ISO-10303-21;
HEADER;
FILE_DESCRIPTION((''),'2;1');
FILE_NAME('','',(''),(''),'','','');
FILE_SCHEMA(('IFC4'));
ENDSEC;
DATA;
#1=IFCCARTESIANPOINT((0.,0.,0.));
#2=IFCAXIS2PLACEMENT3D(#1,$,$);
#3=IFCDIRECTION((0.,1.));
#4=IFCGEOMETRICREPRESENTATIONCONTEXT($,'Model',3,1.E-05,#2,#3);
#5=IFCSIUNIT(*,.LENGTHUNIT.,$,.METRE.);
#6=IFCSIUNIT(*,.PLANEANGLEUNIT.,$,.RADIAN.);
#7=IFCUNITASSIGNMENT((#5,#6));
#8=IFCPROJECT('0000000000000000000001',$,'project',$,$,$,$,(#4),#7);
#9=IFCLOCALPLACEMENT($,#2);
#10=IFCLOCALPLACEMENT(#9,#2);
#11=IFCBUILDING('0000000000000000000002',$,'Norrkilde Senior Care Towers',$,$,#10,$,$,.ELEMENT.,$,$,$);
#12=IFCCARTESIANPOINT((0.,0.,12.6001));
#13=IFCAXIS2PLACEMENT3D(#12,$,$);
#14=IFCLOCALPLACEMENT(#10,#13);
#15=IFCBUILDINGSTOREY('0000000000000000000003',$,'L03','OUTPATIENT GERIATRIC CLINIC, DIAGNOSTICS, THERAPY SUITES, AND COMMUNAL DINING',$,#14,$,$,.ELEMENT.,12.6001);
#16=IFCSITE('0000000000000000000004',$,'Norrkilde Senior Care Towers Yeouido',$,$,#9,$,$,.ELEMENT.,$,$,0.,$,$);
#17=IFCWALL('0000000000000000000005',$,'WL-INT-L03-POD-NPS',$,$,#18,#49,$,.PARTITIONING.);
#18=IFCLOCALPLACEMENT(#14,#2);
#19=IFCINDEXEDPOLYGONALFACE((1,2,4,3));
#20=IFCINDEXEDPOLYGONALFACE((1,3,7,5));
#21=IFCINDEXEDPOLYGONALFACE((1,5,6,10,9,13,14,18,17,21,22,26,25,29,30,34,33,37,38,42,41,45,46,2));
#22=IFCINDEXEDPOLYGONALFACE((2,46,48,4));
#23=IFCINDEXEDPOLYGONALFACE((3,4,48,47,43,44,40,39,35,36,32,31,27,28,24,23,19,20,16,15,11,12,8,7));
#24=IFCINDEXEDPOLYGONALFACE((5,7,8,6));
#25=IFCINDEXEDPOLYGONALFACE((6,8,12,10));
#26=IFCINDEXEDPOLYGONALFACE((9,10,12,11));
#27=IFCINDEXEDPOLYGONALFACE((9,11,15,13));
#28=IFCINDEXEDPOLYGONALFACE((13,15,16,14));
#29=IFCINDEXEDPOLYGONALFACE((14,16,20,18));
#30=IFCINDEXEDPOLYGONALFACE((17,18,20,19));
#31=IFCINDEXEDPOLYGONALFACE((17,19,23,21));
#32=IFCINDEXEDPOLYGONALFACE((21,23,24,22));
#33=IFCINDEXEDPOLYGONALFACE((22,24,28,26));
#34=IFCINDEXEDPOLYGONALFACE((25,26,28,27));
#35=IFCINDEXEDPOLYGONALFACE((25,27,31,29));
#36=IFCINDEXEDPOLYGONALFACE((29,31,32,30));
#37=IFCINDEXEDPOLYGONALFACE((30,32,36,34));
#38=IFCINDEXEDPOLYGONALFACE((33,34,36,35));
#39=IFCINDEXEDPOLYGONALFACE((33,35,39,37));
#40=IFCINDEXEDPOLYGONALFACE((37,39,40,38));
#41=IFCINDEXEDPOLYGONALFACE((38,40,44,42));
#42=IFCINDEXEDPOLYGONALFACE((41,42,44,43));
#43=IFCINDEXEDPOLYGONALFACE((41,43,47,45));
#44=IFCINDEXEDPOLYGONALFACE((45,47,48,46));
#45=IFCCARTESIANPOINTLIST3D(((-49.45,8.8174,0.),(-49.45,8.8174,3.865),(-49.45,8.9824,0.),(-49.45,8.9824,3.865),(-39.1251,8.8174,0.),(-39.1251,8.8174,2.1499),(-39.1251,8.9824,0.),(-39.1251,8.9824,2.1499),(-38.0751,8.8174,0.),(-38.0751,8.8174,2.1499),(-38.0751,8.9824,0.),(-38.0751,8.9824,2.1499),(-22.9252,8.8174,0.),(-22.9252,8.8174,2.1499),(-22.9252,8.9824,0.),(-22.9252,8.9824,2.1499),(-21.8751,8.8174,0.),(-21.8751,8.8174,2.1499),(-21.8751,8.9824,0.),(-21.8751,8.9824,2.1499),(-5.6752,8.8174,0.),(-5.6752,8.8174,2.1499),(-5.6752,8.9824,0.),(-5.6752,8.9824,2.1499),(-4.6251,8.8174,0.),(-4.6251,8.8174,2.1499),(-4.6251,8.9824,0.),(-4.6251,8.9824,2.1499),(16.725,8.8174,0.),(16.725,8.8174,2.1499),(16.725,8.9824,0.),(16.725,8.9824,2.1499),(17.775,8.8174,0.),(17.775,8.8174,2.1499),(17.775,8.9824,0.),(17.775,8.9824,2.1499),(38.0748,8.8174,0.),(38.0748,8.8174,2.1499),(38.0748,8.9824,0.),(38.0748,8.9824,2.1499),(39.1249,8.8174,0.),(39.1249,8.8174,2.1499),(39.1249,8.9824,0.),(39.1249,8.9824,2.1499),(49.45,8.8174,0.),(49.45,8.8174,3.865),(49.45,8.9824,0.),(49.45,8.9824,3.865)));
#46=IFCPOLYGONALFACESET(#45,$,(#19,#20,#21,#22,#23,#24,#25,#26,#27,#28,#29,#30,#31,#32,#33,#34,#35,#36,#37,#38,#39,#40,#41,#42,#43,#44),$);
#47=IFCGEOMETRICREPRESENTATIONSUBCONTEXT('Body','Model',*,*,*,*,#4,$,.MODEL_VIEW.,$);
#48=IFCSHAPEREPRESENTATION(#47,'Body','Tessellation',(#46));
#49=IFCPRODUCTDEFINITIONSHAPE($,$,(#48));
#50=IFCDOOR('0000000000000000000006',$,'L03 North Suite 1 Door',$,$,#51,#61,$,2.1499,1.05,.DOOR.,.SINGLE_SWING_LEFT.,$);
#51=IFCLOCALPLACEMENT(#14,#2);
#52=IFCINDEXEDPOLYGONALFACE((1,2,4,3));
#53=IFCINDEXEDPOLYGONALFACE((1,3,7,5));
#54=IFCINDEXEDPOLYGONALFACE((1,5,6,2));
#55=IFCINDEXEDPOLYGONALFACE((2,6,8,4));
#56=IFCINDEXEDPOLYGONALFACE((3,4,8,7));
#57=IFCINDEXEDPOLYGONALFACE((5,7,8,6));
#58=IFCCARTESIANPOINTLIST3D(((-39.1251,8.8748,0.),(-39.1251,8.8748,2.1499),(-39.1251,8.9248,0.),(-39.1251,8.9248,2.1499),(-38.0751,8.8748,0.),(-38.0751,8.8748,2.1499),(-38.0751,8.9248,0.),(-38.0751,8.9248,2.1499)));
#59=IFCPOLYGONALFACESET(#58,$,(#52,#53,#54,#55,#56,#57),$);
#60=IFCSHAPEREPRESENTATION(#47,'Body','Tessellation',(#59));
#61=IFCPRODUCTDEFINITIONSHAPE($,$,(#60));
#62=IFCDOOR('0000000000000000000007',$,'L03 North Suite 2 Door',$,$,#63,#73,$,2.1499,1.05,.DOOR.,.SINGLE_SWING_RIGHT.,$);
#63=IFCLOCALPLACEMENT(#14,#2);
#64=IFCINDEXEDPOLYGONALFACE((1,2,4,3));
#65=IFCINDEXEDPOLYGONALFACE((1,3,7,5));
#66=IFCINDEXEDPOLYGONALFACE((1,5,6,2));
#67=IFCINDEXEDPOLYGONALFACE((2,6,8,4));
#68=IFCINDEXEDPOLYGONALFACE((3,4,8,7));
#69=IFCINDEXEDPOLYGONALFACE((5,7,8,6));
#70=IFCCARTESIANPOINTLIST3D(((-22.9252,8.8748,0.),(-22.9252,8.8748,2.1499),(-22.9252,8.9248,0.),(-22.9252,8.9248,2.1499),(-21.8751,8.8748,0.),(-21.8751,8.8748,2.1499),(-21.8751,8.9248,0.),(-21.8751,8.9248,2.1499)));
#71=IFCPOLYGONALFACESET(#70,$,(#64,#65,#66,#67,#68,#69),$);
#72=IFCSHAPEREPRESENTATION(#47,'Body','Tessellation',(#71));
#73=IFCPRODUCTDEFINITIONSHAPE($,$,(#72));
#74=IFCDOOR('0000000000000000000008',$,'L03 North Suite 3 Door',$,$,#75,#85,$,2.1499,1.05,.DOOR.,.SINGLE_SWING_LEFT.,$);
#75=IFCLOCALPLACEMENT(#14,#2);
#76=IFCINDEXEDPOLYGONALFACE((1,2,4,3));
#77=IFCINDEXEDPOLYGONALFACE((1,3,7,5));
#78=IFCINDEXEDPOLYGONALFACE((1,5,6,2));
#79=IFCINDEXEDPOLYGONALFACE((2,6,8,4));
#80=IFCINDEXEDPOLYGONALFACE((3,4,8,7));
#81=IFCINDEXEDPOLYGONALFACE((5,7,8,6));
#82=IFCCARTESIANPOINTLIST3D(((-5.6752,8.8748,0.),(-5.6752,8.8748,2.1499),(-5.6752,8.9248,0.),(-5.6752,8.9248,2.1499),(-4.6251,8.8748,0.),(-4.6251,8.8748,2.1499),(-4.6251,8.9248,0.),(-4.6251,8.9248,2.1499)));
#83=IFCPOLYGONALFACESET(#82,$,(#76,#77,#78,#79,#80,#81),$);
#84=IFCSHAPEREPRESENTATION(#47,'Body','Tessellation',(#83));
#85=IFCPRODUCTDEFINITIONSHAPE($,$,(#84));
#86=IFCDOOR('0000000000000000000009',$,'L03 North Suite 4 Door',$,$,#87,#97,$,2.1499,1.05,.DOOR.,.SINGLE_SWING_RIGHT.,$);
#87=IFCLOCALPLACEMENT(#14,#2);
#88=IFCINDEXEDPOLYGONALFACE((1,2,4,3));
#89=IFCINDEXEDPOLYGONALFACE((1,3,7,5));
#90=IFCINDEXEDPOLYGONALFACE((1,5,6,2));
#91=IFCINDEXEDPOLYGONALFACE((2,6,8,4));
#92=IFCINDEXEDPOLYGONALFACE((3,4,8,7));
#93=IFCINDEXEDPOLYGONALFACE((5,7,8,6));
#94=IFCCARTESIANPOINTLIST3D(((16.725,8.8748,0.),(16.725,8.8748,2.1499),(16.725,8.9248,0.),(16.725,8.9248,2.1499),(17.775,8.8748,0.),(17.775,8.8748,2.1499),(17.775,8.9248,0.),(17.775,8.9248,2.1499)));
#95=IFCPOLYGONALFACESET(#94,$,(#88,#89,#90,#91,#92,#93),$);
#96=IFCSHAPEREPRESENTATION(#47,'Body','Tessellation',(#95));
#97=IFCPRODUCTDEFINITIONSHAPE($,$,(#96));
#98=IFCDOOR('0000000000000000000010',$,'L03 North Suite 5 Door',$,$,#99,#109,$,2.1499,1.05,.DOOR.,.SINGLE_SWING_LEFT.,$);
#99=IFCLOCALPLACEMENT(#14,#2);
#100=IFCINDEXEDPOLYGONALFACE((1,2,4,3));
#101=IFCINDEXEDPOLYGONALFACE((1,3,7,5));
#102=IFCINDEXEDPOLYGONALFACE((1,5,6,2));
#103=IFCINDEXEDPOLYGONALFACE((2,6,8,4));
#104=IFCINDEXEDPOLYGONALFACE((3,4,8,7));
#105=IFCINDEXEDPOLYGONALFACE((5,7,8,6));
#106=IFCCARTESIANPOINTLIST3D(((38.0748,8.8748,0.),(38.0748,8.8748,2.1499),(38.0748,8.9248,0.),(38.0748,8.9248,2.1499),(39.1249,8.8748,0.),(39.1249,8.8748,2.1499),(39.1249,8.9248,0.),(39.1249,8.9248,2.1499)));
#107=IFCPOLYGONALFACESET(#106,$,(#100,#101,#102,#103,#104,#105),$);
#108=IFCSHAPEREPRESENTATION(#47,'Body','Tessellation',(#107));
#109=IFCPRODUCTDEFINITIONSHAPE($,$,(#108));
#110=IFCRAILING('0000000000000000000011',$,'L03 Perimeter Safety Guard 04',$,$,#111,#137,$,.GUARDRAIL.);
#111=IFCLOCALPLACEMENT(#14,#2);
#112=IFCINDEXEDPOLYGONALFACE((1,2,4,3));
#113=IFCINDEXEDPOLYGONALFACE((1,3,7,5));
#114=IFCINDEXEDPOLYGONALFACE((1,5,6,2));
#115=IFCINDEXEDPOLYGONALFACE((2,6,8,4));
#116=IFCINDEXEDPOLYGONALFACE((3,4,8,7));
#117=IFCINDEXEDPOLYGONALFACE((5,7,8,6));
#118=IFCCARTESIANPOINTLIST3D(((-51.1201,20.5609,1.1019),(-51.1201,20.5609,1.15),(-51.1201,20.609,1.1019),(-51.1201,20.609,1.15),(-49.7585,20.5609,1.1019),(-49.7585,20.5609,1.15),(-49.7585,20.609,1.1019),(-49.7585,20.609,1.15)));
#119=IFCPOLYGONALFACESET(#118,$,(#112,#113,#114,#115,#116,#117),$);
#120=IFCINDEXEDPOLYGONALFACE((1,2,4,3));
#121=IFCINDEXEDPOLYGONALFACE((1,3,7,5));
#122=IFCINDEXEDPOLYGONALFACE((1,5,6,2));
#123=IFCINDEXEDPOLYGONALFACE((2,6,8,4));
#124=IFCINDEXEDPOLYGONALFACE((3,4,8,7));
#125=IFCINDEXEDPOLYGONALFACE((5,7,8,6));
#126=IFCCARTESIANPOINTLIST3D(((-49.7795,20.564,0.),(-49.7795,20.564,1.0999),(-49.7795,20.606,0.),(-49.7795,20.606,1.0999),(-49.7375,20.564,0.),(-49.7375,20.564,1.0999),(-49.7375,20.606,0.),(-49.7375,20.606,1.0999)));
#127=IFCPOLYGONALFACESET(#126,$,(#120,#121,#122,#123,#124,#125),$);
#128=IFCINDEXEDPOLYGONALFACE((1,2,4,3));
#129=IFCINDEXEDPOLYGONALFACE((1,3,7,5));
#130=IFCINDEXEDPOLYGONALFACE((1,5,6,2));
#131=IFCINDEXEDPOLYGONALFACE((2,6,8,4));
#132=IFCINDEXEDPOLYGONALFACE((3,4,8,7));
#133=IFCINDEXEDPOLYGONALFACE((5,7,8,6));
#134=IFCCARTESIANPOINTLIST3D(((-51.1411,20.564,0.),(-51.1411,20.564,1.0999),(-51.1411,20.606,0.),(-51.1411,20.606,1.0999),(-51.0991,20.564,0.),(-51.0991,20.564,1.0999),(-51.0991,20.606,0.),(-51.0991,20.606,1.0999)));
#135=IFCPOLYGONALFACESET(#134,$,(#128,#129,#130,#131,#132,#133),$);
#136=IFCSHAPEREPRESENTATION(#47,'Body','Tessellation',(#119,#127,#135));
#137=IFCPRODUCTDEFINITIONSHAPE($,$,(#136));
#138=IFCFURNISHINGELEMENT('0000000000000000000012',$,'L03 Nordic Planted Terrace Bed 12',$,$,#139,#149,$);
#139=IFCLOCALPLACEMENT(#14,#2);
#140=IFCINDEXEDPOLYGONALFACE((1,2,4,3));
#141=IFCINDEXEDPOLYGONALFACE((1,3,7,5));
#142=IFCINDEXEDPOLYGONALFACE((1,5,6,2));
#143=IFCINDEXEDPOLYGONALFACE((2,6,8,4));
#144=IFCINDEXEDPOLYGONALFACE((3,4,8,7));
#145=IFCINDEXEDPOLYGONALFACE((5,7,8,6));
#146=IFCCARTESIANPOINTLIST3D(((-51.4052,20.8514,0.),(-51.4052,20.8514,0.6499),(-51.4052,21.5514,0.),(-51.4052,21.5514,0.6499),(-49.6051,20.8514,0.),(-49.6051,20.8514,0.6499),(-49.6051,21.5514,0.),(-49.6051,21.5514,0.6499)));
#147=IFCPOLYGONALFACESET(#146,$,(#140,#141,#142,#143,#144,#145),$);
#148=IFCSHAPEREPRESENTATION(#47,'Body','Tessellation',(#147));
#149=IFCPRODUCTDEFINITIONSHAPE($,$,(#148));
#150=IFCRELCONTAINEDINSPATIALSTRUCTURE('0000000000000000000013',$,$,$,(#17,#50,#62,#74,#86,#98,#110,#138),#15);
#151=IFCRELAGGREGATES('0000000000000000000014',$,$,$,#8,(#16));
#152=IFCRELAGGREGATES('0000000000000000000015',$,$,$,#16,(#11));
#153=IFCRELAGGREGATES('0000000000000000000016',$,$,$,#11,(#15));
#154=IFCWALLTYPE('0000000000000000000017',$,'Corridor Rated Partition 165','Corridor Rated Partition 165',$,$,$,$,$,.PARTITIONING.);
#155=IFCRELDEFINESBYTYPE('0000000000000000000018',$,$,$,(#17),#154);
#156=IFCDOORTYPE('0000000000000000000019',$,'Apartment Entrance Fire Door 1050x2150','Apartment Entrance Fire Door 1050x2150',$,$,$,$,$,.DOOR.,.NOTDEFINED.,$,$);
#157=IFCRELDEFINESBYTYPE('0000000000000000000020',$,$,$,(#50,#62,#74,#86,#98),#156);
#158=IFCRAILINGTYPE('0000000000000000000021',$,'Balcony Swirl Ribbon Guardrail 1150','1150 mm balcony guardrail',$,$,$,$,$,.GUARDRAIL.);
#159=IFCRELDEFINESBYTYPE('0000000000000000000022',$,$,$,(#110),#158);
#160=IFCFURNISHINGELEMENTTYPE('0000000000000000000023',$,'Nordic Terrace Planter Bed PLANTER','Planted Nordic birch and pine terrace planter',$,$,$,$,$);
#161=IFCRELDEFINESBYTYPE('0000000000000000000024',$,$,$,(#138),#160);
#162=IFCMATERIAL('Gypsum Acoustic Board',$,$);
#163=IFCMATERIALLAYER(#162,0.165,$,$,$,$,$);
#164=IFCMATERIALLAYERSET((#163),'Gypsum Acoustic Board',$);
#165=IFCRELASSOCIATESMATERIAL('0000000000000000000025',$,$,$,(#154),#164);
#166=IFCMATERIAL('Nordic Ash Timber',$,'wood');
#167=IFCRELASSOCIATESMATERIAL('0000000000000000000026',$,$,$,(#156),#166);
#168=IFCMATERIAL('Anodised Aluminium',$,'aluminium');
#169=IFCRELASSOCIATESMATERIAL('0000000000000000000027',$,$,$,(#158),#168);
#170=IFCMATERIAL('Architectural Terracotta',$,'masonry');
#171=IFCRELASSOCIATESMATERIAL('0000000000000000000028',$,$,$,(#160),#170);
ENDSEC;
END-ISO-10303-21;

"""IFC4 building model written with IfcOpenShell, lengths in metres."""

from ifc_helpers import new_model, si_unit, direction, frame, frame_2d, origin, origin_2d, place, context, subcontext, project, spatial, rectangle, extrude, source, transform, mapped, material, layer, layer_set, type_object, type_shapes, element, fill, save


model = new_model("IFC4")

# Units and contexts
model_context = context("Model", 3, precision=1e-05, world=origin(), true_north=direction((0.0, 1.0)))
body_context = subcontext(model_context, "Body", "Model", "MODEL_VIEW")
ifc_project = project(units=[si_unit("LENGTHUNIT", "METRE"), si_unit("PLANEANGLEUNIT", "RADIAN")], contexts=[model_context])

# Site, building, storey
site_placement = place(None, origin())
site = spatial("IfcSite", under=ifc_project, at=site_placement, Name="Norrkilde Senior Care Towers Yeouido", CompositionType="ELEMENT", RefElevation=0.0)
building_placement = place(site_placement, origin())
building = spatial("IfcBuilding", under=site, at=building_placement, Name="Norrkilde Senior Care Towers", CompositionType="ELEMENT")
storey_placement = place(building_placement, frame((0.0, 0.0, 12.6001)))
storey = spatial("IfcBuildingStorey", under=building, at=storey_placement, Name="L03", Description="OUTPATIENT GERIATRIC CLINIC, DIAGNOSTICS, THERAPY SUITES, AND COMMUNAL DINING", CompositionType="ELEMENT", Elevation=12.6001)

# Shared definitions
ifc_material_1 = material(Name="Anodised Aluminium", Category="aluminium")

# Wall, openings, doors
ifc_material_2 = material(Name="Gypsum Acoustic Board")
ifc_layer_1 = layer(ifc_material_2, 0.165)
ifc_layer_set_1 = layer_set([ifc_layer_1], Name="Gypsum Acoustic Board")
wall_type_1 = type_object("IfcWallType", Name="Corridor Rated Partition 165", Description="Corridor Rated Partition 165", PredefinedType="PARTITIONING", material=ifc_layer_set_1)
shared_shape_1 = source(origin(), body_context, "Body", "SweptSolid", [
    extrude(rectangle(XDim=98.8999, YDim=0.165, at=frame_2d((49.45, 0.0))), origin(), (0.0, 0.0, 1.0), 3.865),
])
type_shapes(wall_type_1, [shared_shape_1])
wall_1_placement = place(storey_placement, frame((-49.45, 8.8999, 0.0), z_axis=(0.0, 0.0, 1.0), x_axis=(1.0, 0.0, 0.0)))
wall_1 = element("IfcWall", 1, at=wall_1_placement, inside=storey, type_object=wall_type_1, Name="WL-INT-L03-POD-NPS", PredefinedType="PARTITIONING", context=body_context, shape_type="MappedRepresentation", body=[
    mapped(shared_shape_1, transform((0.0, 0.0, 0.0), x_axis=(1.0, 0.0, 0.0), y_axis=(0.0, 1.0, 0.0), z_axis=(0.0, 0.0, 1.0), scale=1.0)),
])
opening_1_placement = place(wall_1_placement, frame((10.325, 0.0, 0.0)))
opening_1 = element("IfcOpeningElement", 2, at=opening_1_placement, cuts=wall_1, PredefinedType="OPENING", context=body_context, shape_type="SweptSolid", body=[
    extrude(rectangle(XDim=1.05, YDim=2.1499, at=frame_2d((0.5249, 1.075))), frame((0.0, 0.0925, 0.0), z_axis=(0.0, -1.0, 0.0), x_axis=(1.0, 0.0, 0.0)), (0.0, 0.0, 1.0), 0.1851),
])
opening_2_placement = place(wall_1_placement, frame((26.5249, 0.0, 0.0)))
opening_2 = element("IfcOpeningElement", 3, at=opening_2_placement, cuts=wall_1, PredefinedType="OPENING", context=body_context, shape_type="SweptSolid", body=[
    extrude(rectangle(XDim=1.05, YDim=2.1499, at=frame_2d((0.5249, 1.075))), frame((0.0, 0.0925, 0.0), z_axis=(0.0, -1.0, 0.0), x_axis=(1.0, 0.0, 0.0)), (0.0, 0.0, 1.0), 0.1851),
])
opening_3_placement = place(wall_1_placement, frame((43.7749, 0.0, 0.0)))
opening_3 = element("IfcOpeningElement", 4, at=opening_3_placement, cuts=wall_1, PredefinedType="OPENING", context=body_context, shape_type="SweptSolid", body=[
    extrude(rectangle(XDim=1.05, YDim=2.1499, at=frame_2d((0.5249, 1.075))), frame((0.0, 0.0925, 0.0), z_axis=(0.0, -1.0, 0.0), x_axis=(1.0, 0.0, 0.0)), (0.0, 0.0, 1.0), 0.1851),
])
opening_4_placement = place(wall_1_placement, frame((66.175, 0.0, 0.0)))
opening_4 = element("IfcOpeningElement", 5, at=opening_4_placement, cuts=wall_1, PredefinedType="OPENING", context=body_context, shape_type="SweptSolid", body=[
    extrude(rectangle(XDim=1.05, YDim=2.1499, at=frame_2d((0.5249, 1.075))), frame((0.0, 0.0925, 0.0), z_axis=(0.0, -1.0, 0.0), x_axis=(1.0, 0.0, 0.0)), (0.0, 0.0, 1.0), 0.1851),
])
opening_5_placement = place(wall_1_placement, frame((87.5249, 0.0, 0.0)))
opening_5 = element("IfcOpeningElement", 6, at=opening_5_placement, cuts=wall_1, PredefinedType="OPENING", context=body_context, shape_type="SweptSolid", body=[
    extrude(rectangle(XDim=1.05, YDim=2.1499, at=frame_2d((0.5249, 1.075))), frame((0.0, 0.0925, 0.0), z_axis=(0.0, -1.0, 0.0), x_axis=(1.0, 0.0, 0.0)), (0.0, 0.0, 1.0), 0.1851),
])
ifc_material_3 = material(Name="Nordic Ash Timber", Category="wood")
door_type_1 = type_object("IfcDoorType", Name="Apartment Entrance Fire Door 1050x2150", Description="Apartment Entrance Fire Door 1050x2150", OperationType="NOTDEFINED", PredefinedType="DOOR", material=ifc_material_3)
shared_shape_2 = source(origin(), body_context, "Body", "SweptSolid", [
    extrude(rectangle(XDim=1.05, YDim=2.1499, at=frame_2d((0.5249, 1.075))), frame((0.0, 0.0249, 0.0), z_axis=(0.0, -1.0, 0.0), x_axis=(1.0, 0.0, 0.0)), (0.0, 0.0, 1.0), 0.05),
])
type_shapes(door_type_1, [shared_shape_2])
door_1_placement = place(opening_1_placement, origin())
door_1 = element("IfcDoor", 7, at=door_1_placement, inside=storey, type_object=door_type_1, Name="L03 North Suite 1 Door", OperationType="SINGLE_SWING_LEFT", OverallHeight=2.1499, OverallWidth=1.05, PredefinedType="DOOR", context=body_context, shape_type="MappedRepresentation", body=[
    mapped(shared_shape_2, transform((0.0, 0.0, 0.0), x_axis=(1.0, 0.0, 0.0), y_axis=(0.0, 1.0, 0.0), z_axis=(0.0, 0.0, 1.0), scale=1.0)),
])
fill(opening_1, door_1)
door_2_placement = place(opening_2_placement, origin())
door_2 = element("IfcDoor", 8, at=door_2_placement, inside=storey, type_object=door_type_1, Name="L03 North Suite 2 Door", OperationType="SINGLE_SWING_RIGHT", OverallHeight=2.1499, OverallWidth=1.05, PredefinedType="DOOR", context=body_context, shape_type="MappedRepresentation", body=[
    mapped(shared_shape_2, transform((0.0, 0.0, 0.0), x_axis=(1.0, 0.0, 0.0), y_axis=(0.0, 1.0, 0.0), z_axis=(0.0, 0.0, 1.0), scale=1.0)),
])
fill(opening_2, door_2)
door_3_placement = place(opening_3_placement, origin())
door_3 = element("IfcDoor", 9, at=door_3_placement, inside=storey, type_object=door_type_1, Name="L03 North Suite 3 Door", OperationType="SINGLE_SWING_LEFT", OverallHeight=2.1499, OverallWidth=1.05, PredefinedType="DOOR", context=body_context, shape_type="MappedRepresentation", body=[
    mapped(shared_shape_2, transform((0.0, 0.0, 0.0), x_axis=(1.0, 0.0, 0.0), y_axis=(0.0, 1.0, 0.0), z_axis=(0.0, 0.0, 1.0), scale=1.0)),
])
fill(opening_3, door_3)
door_4_placement = place(opening_4_placement, origin())
door_4 = element("IfcDoor", 10, at=door_4_placement, inside=storey, type_object=door_type_1, Name="L03 North Suite 4 Door", OperationType="SINGLE_SWING_RIGHT", OverallHeight=2.1499, OverallWidth=1.05, PredefinedType="DOOR", context=body_context, shape_type="MappedRepresentation", body=[
    mapped(shared_shape_2, transform((0.0, 0.0, 0.0), x_axis=(1.0, 0.0, 0.0), y_axis=(0.0, 1.0, 0.0), z_axis=(0.0, 0.0, 1.0), scale=1.0)),
])
fill(opening_4, door_4)
door_5_placement = place(opening_5_placement, origin())
door_5 = element("IfcDoor", 11, at=door_5_placement, inside=storey, type_object=door_type_1, Name="L03 North Suite 5 Door", OperationType="SINGLE_SWING_LEFT", OverallHeight=2.1499, OverallWidth=1.05, PredefinedType="DOOR", context=body_context, shape_type="MappedRepresentation", body=[
    mapped(shared_shape_2, transform((0.0, 0.0, 0.0), x_axis=(1.0, 0.0, 0.0), y_axis=(0.0, 1.0, 0.0), z_axis=(0.0, 0.0, 1.0), scale=1.0)),
])
fill(opening_5, door_5)

# Railing
railing_type = type_object("IfcRailingType", Name="Balcony Swirl Ribbon Guardrail 1150", Description="1150 mm balcony guardrail", PredefinedType="GUARDRAIL", material=ifc_material_1)
railing_1_placement = place(storey_placement, frame((-49.7585, 20.585, 0.0)))
element("IfcRailing", 12, at=railing_1_placement, inside=storey, type_object=railing_type, Name="L03 Perimeter Safety Guard 04", PredefinedType="GUARDRAIL", context=body_context, shape_type="SweptSolid", body=[
    extrude(rectangle(XDim=0.0481, YDim=0.0481, at=origin_2d()), frame((0.0, 0.0, 1.126), z_axis=(-1.0, 0.0, 0.0), x_axis=(0.0, -1.0, 0.0)), (0.0, 0.0, 1.0), 1.3616),
    extrude(rectangle(XDim=0.042, YDim=0.042, at=origin_2d()), origin(), (0.0, 0.0, 1.0), 1.0999),
    extrude(rectangle(XDim=0.042, YDim=0.042, at=origin_2d()), frame((-1.3616, 0.0, 0.0)), (0.0, 0.0, 1.0), 1.0999),
])

# Furnishing element
ifc_material_4 = material(Name="Architectural Terracotta", Category="masonry")
furnishing_element_type = type_object("IfcFurnishingElementType", Name="Nordic Terrace Planter Bed PLANTER", Description="Planted Nordic birch and pine terrace planter", material=ifc_material_4)
shared_shape_3 = source(origin(), body_context, "Body", "SweptSolid", [
    extrude(rectangle(XDim=1.8, YDim=0.7, at=origin_2d()), origin(), (0.0, 0.0, 1.0), 0.6499),
])
type_shapes(furnishing_element_type, [shared_shape_3])
furnishing_placement = place(storey_placement, frame((-50.5051, 21.2014, 0.0), z_axis=(0.0, 0.0, 1.0), x_axis=(1.0, 0.0, 0.0)))
element("IfcFurnishingElement", 13, at=furnishing_placement, inside=storey, type_object=furnishing_element_type, Name="L03 Nordic Planted Terrace Bed 12", context=body_context, shape_type="MappedRepresentation", body=[
    mapped(shared_shape_3, transform((0.0, 0.0, 0.0), x_axis=(1.0, 0.0, 0.0), y_axis=(0.0, 1.0, 0.0), z_axis=(0.0, 0.0, 1.0), scale=1.0)),
])

save(model, "model.ifc")
